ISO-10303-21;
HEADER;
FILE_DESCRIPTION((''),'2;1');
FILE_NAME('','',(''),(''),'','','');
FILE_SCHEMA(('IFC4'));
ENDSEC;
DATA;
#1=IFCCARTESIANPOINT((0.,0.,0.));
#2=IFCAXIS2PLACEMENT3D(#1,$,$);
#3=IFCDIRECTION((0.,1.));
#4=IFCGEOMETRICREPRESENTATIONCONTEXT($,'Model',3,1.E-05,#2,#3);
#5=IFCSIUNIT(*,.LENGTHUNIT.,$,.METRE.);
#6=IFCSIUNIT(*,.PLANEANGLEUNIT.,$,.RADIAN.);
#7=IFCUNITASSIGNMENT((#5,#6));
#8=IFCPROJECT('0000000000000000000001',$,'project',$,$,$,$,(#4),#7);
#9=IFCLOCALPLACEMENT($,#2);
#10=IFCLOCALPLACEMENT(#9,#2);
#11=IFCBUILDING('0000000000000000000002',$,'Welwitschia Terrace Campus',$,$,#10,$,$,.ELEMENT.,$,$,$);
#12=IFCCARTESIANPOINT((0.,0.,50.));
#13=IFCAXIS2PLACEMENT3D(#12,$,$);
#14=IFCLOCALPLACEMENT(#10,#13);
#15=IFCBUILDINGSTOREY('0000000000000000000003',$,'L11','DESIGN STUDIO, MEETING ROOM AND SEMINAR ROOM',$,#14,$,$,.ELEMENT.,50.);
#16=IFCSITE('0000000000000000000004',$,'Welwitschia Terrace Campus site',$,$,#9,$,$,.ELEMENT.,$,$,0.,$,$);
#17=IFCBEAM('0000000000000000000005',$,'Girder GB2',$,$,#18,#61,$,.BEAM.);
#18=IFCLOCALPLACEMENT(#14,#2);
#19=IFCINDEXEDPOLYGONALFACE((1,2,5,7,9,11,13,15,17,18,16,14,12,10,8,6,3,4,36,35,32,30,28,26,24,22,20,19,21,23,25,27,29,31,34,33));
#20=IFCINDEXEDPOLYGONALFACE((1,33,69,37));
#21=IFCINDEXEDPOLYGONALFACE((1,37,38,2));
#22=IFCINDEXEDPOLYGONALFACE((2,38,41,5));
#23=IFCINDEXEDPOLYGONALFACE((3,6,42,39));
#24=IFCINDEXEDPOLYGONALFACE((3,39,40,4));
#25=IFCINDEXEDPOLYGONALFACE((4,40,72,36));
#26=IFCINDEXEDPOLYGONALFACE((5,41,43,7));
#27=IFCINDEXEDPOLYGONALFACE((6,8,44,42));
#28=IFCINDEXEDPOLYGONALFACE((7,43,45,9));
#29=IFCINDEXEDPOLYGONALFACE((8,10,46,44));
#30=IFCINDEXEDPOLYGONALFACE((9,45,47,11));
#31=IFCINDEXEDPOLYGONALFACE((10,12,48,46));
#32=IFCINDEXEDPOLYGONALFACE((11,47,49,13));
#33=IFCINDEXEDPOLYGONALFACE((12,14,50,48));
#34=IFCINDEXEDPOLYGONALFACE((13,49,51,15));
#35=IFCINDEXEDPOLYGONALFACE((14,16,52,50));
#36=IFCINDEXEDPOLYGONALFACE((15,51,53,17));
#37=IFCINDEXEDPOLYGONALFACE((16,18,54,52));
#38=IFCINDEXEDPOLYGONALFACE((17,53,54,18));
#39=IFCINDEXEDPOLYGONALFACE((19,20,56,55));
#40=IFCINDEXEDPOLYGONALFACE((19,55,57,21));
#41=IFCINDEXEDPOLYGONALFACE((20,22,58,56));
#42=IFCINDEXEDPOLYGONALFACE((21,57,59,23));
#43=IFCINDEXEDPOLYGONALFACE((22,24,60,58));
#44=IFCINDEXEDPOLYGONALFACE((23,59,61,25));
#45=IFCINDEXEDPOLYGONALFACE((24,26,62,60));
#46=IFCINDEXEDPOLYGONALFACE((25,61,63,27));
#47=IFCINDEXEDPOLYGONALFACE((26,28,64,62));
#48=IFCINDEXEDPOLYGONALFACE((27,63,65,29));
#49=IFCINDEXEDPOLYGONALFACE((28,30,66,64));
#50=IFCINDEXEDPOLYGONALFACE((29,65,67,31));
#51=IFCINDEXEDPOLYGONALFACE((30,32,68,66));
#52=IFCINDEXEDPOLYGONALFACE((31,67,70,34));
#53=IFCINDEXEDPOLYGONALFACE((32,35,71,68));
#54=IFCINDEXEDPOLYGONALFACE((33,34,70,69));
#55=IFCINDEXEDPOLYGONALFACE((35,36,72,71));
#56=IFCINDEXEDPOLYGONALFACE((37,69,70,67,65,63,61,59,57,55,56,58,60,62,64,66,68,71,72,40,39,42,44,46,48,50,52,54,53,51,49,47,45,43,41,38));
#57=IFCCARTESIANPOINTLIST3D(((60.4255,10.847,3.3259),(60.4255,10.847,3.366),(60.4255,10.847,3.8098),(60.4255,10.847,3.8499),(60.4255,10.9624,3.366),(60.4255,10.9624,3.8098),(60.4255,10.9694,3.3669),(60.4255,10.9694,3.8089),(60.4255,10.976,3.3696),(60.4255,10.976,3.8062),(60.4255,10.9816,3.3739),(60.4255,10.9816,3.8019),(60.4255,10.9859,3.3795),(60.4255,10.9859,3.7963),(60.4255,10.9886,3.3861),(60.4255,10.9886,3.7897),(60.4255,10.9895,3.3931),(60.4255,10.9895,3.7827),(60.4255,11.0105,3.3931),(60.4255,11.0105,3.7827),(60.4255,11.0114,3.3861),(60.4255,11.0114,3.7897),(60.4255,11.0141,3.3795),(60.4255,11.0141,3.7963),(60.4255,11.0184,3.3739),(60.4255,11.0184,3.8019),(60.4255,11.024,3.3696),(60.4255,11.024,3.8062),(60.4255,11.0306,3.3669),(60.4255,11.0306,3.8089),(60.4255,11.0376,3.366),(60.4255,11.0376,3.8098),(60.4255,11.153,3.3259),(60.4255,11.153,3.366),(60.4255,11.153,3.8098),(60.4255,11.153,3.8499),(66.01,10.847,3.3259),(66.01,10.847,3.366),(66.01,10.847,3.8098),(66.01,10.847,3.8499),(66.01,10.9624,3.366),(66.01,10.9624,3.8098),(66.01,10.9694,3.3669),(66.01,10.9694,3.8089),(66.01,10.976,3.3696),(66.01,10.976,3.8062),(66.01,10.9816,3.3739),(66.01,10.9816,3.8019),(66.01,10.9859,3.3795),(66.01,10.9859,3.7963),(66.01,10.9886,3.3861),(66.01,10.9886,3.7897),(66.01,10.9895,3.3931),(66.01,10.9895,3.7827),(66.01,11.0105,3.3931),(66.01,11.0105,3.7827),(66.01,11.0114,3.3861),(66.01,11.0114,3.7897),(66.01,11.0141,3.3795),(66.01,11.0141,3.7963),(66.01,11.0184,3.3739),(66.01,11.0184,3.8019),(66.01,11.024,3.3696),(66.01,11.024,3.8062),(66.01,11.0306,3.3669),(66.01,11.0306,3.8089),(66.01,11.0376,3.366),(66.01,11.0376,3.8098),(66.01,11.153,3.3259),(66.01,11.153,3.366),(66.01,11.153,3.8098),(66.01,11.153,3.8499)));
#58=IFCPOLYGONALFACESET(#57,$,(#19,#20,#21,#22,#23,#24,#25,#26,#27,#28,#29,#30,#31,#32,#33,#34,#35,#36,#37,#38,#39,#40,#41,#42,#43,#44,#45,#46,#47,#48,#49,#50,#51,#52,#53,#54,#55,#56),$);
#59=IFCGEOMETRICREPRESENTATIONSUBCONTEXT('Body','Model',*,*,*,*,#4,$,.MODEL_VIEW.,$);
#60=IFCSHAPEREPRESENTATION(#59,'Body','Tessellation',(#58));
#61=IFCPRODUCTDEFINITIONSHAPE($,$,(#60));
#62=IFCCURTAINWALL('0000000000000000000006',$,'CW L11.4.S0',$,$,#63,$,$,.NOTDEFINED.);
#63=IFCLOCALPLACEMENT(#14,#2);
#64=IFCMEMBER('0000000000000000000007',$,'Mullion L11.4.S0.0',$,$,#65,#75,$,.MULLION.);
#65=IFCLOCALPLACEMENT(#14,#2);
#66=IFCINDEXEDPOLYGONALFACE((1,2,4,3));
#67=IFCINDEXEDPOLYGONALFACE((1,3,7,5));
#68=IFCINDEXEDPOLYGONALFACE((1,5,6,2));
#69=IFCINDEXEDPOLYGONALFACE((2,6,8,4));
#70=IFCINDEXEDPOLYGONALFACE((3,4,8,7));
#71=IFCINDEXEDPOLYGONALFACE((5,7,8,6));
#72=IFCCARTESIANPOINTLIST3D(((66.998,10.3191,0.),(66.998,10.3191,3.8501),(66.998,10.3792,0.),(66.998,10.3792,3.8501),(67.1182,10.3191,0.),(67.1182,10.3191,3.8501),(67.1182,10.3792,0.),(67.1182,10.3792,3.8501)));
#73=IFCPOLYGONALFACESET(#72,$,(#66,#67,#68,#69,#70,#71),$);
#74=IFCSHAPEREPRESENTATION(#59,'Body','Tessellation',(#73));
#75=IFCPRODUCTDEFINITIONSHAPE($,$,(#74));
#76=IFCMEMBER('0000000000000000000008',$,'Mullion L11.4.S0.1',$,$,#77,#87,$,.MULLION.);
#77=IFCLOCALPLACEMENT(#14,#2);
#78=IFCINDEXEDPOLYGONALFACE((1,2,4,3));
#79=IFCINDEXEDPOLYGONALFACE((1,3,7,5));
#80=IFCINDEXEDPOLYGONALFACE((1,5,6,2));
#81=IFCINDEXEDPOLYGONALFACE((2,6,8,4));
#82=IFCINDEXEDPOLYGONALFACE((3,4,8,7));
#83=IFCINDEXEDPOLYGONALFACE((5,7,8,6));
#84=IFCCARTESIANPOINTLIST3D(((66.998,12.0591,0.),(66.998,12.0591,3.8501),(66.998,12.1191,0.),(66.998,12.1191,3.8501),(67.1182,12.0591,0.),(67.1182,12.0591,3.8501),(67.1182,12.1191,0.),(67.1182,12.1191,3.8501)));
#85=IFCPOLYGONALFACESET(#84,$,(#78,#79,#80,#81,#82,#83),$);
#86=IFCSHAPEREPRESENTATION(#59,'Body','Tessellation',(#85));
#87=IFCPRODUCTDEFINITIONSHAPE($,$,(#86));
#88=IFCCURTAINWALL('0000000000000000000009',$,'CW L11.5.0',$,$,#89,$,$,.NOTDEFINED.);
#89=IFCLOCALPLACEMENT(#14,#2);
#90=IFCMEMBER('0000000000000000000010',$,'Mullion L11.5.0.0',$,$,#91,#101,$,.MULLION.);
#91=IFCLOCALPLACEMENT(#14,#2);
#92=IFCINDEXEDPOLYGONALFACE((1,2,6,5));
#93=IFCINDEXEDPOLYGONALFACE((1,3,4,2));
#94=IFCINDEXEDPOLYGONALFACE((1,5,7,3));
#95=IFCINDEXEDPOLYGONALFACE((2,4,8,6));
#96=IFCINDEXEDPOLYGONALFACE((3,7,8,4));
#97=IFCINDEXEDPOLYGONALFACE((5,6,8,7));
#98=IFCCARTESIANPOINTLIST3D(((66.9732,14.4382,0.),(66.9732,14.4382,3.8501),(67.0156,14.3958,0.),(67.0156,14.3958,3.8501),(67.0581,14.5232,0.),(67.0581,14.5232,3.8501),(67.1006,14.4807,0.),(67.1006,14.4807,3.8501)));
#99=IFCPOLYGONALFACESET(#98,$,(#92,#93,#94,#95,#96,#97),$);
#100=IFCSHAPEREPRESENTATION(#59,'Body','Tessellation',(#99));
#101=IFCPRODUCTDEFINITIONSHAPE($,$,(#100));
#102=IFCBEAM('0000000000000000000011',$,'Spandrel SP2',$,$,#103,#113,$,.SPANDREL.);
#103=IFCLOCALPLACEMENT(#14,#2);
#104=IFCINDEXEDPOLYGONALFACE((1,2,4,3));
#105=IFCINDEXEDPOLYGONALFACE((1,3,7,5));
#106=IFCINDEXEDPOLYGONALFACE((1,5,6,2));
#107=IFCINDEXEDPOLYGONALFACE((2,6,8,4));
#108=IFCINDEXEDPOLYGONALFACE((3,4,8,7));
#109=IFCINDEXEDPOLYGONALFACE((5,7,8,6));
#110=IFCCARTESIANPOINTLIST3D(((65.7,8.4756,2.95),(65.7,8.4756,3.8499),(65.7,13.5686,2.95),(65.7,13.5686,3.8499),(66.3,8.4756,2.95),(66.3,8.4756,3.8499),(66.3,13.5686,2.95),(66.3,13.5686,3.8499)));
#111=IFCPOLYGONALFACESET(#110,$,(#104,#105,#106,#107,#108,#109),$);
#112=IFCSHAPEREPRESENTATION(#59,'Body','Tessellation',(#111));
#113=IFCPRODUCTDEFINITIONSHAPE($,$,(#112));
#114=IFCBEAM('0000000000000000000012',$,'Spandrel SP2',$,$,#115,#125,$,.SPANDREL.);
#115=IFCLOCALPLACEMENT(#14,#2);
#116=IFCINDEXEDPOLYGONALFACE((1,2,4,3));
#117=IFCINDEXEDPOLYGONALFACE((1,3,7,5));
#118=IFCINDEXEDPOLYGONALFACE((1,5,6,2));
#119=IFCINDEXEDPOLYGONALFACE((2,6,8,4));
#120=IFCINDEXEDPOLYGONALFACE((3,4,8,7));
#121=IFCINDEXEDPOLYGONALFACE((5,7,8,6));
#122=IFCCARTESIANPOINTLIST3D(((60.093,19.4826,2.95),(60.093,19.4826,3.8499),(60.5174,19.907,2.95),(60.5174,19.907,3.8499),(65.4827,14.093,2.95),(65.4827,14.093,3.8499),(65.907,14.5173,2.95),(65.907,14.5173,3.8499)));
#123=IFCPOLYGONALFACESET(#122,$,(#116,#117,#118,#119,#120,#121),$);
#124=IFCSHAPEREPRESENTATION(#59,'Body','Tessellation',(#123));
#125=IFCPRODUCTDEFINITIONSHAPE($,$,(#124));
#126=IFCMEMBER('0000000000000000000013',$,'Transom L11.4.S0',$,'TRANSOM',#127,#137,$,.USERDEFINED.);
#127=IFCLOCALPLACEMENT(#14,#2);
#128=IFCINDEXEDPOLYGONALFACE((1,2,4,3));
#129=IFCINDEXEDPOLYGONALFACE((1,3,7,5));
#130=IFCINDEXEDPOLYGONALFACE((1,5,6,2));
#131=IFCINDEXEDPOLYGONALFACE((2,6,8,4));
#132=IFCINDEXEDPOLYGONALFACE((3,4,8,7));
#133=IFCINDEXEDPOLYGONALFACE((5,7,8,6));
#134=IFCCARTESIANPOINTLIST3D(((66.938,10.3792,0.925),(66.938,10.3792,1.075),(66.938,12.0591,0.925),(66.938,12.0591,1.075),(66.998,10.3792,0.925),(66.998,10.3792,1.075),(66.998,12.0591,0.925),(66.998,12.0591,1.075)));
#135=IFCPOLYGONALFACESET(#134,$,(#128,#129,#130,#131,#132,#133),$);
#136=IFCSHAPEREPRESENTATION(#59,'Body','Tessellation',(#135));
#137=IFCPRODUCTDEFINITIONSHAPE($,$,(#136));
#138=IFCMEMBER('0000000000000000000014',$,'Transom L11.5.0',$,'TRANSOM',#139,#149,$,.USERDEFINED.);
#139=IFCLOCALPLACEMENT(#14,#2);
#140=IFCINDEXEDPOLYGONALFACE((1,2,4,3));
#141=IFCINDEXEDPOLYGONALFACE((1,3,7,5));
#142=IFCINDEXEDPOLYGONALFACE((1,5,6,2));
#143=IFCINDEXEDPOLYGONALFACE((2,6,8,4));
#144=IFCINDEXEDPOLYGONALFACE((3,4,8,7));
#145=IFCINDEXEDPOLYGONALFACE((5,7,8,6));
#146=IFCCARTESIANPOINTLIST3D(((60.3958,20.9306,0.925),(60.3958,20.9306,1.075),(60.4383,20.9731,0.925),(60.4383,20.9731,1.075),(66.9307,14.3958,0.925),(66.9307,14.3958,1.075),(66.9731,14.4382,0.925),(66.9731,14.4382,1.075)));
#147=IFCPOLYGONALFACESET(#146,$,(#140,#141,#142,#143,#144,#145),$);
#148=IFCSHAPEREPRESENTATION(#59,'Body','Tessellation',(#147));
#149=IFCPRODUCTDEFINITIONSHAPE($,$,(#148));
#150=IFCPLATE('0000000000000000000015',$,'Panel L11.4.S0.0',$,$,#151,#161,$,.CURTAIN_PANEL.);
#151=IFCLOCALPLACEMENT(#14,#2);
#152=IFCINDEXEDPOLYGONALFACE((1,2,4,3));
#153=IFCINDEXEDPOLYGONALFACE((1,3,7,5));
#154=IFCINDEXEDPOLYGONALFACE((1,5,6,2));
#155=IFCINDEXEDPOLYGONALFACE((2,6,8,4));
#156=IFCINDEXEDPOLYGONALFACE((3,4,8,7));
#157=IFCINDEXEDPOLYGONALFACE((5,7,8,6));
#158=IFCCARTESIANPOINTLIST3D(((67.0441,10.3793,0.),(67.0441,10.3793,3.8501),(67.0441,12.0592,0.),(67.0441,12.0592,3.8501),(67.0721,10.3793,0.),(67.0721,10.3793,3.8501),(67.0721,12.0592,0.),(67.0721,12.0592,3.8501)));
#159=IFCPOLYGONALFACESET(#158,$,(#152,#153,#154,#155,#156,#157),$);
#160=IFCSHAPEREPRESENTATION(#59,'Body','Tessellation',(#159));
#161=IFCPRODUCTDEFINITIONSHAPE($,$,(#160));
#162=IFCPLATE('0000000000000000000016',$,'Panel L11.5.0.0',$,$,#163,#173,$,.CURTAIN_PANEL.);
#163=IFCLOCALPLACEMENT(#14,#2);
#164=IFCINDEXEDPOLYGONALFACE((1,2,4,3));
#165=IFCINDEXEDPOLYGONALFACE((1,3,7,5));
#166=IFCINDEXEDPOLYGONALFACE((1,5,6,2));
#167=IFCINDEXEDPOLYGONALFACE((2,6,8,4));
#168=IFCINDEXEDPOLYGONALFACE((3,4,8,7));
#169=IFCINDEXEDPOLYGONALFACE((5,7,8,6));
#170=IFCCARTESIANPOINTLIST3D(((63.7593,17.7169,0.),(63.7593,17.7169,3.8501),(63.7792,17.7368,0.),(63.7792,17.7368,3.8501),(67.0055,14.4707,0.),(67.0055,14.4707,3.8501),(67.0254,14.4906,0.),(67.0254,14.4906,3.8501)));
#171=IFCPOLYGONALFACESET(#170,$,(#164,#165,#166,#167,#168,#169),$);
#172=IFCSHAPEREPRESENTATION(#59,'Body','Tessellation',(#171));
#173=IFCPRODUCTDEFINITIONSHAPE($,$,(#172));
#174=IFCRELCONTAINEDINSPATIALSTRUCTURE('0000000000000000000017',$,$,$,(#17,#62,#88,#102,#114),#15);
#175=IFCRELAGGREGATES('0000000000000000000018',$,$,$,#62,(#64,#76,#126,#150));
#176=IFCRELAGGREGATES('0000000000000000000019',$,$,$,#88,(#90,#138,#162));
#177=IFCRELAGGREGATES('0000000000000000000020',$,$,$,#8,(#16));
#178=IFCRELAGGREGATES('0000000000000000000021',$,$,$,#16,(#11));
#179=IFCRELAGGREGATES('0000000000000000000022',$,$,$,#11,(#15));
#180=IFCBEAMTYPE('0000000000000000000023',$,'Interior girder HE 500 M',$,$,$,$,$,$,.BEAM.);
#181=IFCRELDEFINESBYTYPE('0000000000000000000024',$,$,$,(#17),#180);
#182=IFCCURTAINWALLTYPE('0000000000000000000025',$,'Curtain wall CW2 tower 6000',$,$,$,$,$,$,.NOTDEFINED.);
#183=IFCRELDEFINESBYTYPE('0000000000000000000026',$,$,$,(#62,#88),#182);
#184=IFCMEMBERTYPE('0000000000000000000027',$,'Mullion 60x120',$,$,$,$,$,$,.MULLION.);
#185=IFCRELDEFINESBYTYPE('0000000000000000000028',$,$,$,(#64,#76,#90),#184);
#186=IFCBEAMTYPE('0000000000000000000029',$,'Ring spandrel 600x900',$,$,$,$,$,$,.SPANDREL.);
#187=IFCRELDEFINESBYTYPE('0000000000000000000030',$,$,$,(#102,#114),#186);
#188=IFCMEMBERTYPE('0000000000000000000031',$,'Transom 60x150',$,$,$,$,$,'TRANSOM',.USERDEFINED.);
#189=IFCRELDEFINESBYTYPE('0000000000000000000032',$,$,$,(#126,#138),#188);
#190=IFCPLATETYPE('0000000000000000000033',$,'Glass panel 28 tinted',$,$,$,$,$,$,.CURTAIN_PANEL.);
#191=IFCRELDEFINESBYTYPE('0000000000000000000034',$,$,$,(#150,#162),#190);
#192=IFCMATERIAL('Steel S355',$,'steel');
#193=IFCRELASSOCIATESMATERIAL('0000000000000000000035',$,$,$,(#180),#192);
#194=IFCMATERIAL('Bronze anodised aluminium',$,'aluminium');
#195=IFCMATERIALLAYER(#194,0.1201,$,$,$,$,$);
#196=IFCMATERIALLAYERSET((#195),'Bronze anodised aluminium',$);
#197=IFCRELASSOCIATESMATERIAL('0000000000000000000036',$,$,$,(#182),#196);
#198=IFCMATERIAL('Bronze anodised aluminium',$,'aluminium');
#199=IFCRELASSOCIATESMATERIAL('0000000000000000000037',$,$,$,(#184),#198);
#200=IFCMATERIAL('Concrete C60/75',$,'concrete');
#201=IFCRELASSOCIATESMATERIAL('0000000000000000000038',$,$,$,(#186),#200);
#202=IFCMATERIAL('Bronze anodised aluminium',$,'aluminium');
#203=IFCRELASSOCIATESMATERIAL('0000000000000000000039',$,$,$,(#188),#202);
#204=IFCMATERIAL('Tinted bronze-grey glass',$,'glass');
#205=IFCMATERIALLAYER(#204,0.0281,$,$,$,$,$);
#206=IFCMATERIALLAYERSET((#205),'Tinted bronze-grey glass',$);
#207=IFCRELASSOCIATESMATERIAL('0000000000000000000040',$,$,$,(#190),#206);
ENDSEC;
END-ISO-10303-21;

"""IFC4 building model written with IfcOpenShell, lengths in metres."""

from ifc_helpers import new_model, si_unit, direction, frame, origin, origin_2d, place, context, subcontext, project, spatial, rectangle, i_section, extrude, material, layer, layer_set, material_profile, profile_set, type_object, element, aggregate, save


model = new_model("IFC4")

# Units and contexts
model_context = context("Model", 3, precision=1e-05, world=origin(), true_north=direction((0.0, 1.0)))
body_context = subcontext(model_context, "Body", "Model", "MODEL_VIEW")
ifc_project = project(units=[si_unit("LENGTHUNIT", "METRE"), si_unit("PLANEANGLEUNIT", "RADIAN")], contexts=[model_context])

# Site, building, storey
site_placement = place(None, origin())
site = spatial("IfcSite", under=ifc_project, at=site_placement, Name="Welwitschia Terrace Campus site", CompositionType="ELEMENT", RefElevation=0.0)
building_placement = place(site_placement, origin())
building = spatial("IfcBuilding", under=site, at=building_placement, Name="Welwitschia Terrace Campus", CompositionType="ELEMENT")
storey_placement = place(building_placement, frame((0.0, 0.0, 50.0)))
storey = spatial("IfcBuildingStorey", under=building, at=storey_placement, Name="L11", Description="DESIGN STUDIO, MEETING ROOM AND SEMINAR ROOM", CompositionType="ELEMENT", Elevation=50.0)

# Beam
ifc_material_1 = material(Name="Steel S355", Category="steel")
ifc_material_profile_1 = material_profile(ifc_material_1, i_section(OverallWidth=0.3059, OverallDepth=0.5239, WebThickness=0.021, FlangeThickness=0.04, FilletRadius=0.0271, at=origin_2d()))
ifc_profile_set_1 = profile_set([ifc_material_profile_1], Name="Steel S355")
beam_type_1 = type_object("IfcBeamType", Name="Interior girder HE 500 M", PredefinedType="BEAM", material=ifc_profile_set_1)
beam_1_placement = place(storey_placement, frame((60.4255, 11.0, 3.5879), z_axis=(1.0, 0.0, 0.0), x_axis=(0.0, 1.0, 0.0)))
element("IfcBeam", 1, at=beam_1_placement, inside=storey, type_object=beam_type_1, Name="Girder GB2", PredefinedType="BEAM", context=body_context, shape_type="SweptSolid", body=[
    extrude(i_section(OverallWidth=0.3059, OverallDepth=0.5239, WebThickness=0.021, FlangeThickness=0.04, FilletRadius=0.0271, at=origin_2d()), origin(), (0.0, 0.0, 1.0), 5.5845),
])

# Curtain wall, members
ifc_material_2 = material(Name="Bronze anodised aluminium", Category="aluminium")
ifc_layer_1 = layer(ifc_material_2, 0.1201)
ifc_layer_set_1 = layer_set([ifc_layer_1], Name="Bronze anodised aluminium")
curtain_wall_type = type_object("IfcCurtainWallType", Name="Curtain wall CW2 tower 6000", PredefinedType="NOTDEFINED", material=ifc_layer_set_1)
curtain_wall_1_placement = place(storey_placement, origin())
curtain_wall_1 = element("IfcCurtainWall", 2, at=curtain_wall_1_placement, inside=storey, type_object=curtain_wall_type, Name="CW L11.4.S0", PredefinedType="NOTDEFINED")
ifc_material_3 = material(Name="Bronze anodised aluminium", Category="aluminium")
ifc_material_profile_2 = material_profile(ifc_material_3, rectangle(XDim=0.1201, YDim=0.0601, at=origin_2d()))
ifc_profile_set_2 = profile_set([ifc_material_profile_2], Name="Bronze anodised aluminium")
member_type_1 = type_object("IfcMemberType", Name="Mullion 60x120", PredefinedType="MULLION", material=ifc_profile_set_2)
member_1_placement = place(storey_placement, frame((67.0581, 10.3491, 0.0), z_axis=(0.0, 0.0, 1.0), x_axis=(-1.0, 0.0, 0.0)))
member_1 = element("IfcMember", 3, at=member_1_placement, type_object=member_type_1, Name="Mullion L11.4.S0.0", PredefinedType="MULLION", context=body_context, shape_type="SweptSolid", body=[
    extrude(rectangle(XDim=0.1201, YDim=0.0601, at=origin_2d()), origin(), (0.0, 0.0, 1.0), 3.8501),
])
member_2_placement = place(storey_placement, frame((67.0581, 12.0891, 0.0), z_axis=(0.0, 0.0, 1.0), x_axis=(-1.0, 0.0, 0.0)))
member_2 = element("IfcMember", 4, at=member_2_placement, type_object=member_type_1, Name="Mullion L11.4.S0.1", PredefinedType="MULLION", context=body_context, shape_type="SweptSolid", body=[
    extrude(rectangle(XDim=0.1201, YDim=0.0601, at=origin_2d()), origin(), (0.0, 0.0, 1.0), 3.8501),
])

# Curtain wall, member
curtain_wall_2_placement = place(storey_placement, origin())
curtain_wall_2 = element("IfcCurtainWall", 5, at=curtain_wall_2_placement, inside=storey, type_object=curtain_wall_type, Name="CW L11.5.0", PredefinedType="NOTDEFINED")
member_3_placement = place(storey_placement, frame((67.0369, 14.4595, 0.0), z_axis=(0.0, 0.0, 1.0), x_axis=(-0.707107, -0.707107, 0.0)))
member_3 = element("IfcMember", 6, at=member_3_placement, type_object=member_type_1, Name="Mullion L11.5.0.0", PredefinedType="MULLION", context=body_context, shape_type="SweptSolid", body=[
    extrude(rectangle(XDim=0.1201, YDim=0.0601, at=origin_2d()), origin(), (0.0, 0.0, 1.0), 3.8501),
])

# Beams
ifc_material_4 = material(Name="Concrete C60/75", Category="concrete")
ifc_material_profile_3 = material_profile(ifc_material_4, rectangle(XDim=0.6001, YDim=0.8999, at=origin_2d()))
ifc_profile_set_3 = profile_set([ifc_material_profile_3], Name="Concrete C60/75")
beam_type_2 = type_object("IfcBeamType", Name="Ring spandrel 600x900", PredefinedType="SPANDREL", material=ifc_profile_set_3)
beam_2_placement = place(storey_placement, frame((66.0, 8.4756, 3.3999), z_axis=(0.0, 1.0, 0.0), x_axis=(-1.0, 0.0, 0.0)))
element("IfcBeam", 7, at=beam_2_placement, inside=storey, type_object=beam_type_2, Name="Spandrel SP2", PredefinedType="SPANDREL", context=body_context, shape_type="SweptSolid", body=[
    extrude(rectangle(XDim=0.6001, YDim=0.8999, at=origin_2d()), origin(), (0.0, 0.0, 1.0), 5.093),
])
beam_3_placement = place(storey_placement, frame((65.6948, 14.3052, 3.3999), z_axis=(-0.707107, 0.707107, 0.0), x_axis=(-0.707107, -0.707107, 0.0)))
element("IfcBeam", 8, at=beam_3_placement, inside=storey, type_object=beam_type_2, Name="Spandrel SP2", PredefinedType="SPANDREL", context=body_context, shape_type="SweptSolid", body=[
    extrude(rectangle(XDim=0.6001, YDim=0.8999, at=origin_2d()), origin(), (0.0, 0.0, 1.0), 7.6221),
])

# Members
ifc_material_5 = material(Name="Bronze anodised aluminium", Category="aluminium")
ifc_material_profile_4 = material_profile(ifc_material_5, rectangle(XDim=0.0601, YDim=0.1499, at=origin_2d()))
ifc_profile_set_4 = profile_set([ifc_material_profile_4], Name="Bronze anodised aluminium")
member_type_2 = type_object("IfcMemberType", Name="Transom 60x150", ElementType="TRANSOM", PredefinedType="USERDEFINED", material=ifc_profile_set_4)
member_4_placement = place(storey_placement, frame((66.968, 10.3792, 1.0), z_axis=(0.0, 1.0, 0.0), x_axis=(-1.0, 0.0, 0.0)))
member_4 = element("IfcMember", 9, at=member_4_placement, type_object=member_type_2, Name="Transom L11.4.S0", ObjectType="TRANSOM", PredefinedType="USERDEFINED", context=body_context, shape_type="SweptSolid", body=[
    extrude(rectangle(XDim=0.0601, YDim=0.1499, at=origin_2d()), origin(), (0.0, 0.0, 1.0), 1.6799),
])
member_5_placement = place(storey_placement, frame((66.9519, 14.417, 1.0), z_axis=(-0.707107, 0.707107, 0.0), x_axis=(-0.707107, -0.707107, 0.0)))
member_5 = element("IfcMember", 10, at=member_5_placement, type_object=member_type_2, Name="Transom L11.5.0", ObjectType="TRANSOM", PredefinedType="USERDEFINED", context=body_context, shape_type="SweptSolid", body=[
    extrude(rectangle(XDim=0.0601, YDim=0.1499, at=origin_2d()), origin(), (0.0, 0.0, 1.0), 9.2417),
])

# Plates
ifc_material_6 = material(Name="Tinted bronze-grey glass", Category="glass")
ifc_layer_2 = layer(ifc_material_6, 0.0281)
ifc_layer_set_2 = layer_set([ifc_layer_2], Name="Tinted bronze-grey glass")
plate_type = type_object("IfcPlateType", Name="Glass panel 28 tinted", PredefinedType="CURTAIN_PANEL", material=ifc_layer_set_2)
plate_1_placement = place(storey_placement, frame((67.0581, 11.2192, 0.0), z_axis=(0.0, 0.0, 1.0), x_axis=(0.0, 1.0, 0.0)))
plate_1 = element("IfcPlate", 11, at=plate_1_placement, type_object=plate_type, Name="Panel L11.4.S0.0", PredefinedType="CURTAIN_PANEL", context=body_context, shape_type="SweptSolid", body=[
    extrude(rectangle(XDim=1.6799, YDim=0.0281, at=origin_2d()), origin(), (0.0, 0.0, 1.0), 3.8501),
])
aggregate(curtain_wall_1, [member_1, member_2, member_4, plate_1])
plate_2_placement = place(storey_placement, frame((65.3923, 16.1038, 0.0), z_axis=(0.0, 0.0, 1.0), x_axis=(-0.707107, 0.707107, 0.0)))
plate_2 = element("IfcPlate", 12, at=plate_2_placement, type_object=plate_type, Name="Panel L11.5.0.0", PredefinedType="CURTAIN_PANEL", context=body_context, shape_type="SweptSolid", body=[
    extrude(rectangle(XDim=4.5908, YDim=0.0281, at=origin_2d()), origin(), (0.0, 0.0, 1.0), 3.8501),
])
aggregate(curtain_wall_2, [member_3, member_5, plate_2])

save(model, "model.ifc")
